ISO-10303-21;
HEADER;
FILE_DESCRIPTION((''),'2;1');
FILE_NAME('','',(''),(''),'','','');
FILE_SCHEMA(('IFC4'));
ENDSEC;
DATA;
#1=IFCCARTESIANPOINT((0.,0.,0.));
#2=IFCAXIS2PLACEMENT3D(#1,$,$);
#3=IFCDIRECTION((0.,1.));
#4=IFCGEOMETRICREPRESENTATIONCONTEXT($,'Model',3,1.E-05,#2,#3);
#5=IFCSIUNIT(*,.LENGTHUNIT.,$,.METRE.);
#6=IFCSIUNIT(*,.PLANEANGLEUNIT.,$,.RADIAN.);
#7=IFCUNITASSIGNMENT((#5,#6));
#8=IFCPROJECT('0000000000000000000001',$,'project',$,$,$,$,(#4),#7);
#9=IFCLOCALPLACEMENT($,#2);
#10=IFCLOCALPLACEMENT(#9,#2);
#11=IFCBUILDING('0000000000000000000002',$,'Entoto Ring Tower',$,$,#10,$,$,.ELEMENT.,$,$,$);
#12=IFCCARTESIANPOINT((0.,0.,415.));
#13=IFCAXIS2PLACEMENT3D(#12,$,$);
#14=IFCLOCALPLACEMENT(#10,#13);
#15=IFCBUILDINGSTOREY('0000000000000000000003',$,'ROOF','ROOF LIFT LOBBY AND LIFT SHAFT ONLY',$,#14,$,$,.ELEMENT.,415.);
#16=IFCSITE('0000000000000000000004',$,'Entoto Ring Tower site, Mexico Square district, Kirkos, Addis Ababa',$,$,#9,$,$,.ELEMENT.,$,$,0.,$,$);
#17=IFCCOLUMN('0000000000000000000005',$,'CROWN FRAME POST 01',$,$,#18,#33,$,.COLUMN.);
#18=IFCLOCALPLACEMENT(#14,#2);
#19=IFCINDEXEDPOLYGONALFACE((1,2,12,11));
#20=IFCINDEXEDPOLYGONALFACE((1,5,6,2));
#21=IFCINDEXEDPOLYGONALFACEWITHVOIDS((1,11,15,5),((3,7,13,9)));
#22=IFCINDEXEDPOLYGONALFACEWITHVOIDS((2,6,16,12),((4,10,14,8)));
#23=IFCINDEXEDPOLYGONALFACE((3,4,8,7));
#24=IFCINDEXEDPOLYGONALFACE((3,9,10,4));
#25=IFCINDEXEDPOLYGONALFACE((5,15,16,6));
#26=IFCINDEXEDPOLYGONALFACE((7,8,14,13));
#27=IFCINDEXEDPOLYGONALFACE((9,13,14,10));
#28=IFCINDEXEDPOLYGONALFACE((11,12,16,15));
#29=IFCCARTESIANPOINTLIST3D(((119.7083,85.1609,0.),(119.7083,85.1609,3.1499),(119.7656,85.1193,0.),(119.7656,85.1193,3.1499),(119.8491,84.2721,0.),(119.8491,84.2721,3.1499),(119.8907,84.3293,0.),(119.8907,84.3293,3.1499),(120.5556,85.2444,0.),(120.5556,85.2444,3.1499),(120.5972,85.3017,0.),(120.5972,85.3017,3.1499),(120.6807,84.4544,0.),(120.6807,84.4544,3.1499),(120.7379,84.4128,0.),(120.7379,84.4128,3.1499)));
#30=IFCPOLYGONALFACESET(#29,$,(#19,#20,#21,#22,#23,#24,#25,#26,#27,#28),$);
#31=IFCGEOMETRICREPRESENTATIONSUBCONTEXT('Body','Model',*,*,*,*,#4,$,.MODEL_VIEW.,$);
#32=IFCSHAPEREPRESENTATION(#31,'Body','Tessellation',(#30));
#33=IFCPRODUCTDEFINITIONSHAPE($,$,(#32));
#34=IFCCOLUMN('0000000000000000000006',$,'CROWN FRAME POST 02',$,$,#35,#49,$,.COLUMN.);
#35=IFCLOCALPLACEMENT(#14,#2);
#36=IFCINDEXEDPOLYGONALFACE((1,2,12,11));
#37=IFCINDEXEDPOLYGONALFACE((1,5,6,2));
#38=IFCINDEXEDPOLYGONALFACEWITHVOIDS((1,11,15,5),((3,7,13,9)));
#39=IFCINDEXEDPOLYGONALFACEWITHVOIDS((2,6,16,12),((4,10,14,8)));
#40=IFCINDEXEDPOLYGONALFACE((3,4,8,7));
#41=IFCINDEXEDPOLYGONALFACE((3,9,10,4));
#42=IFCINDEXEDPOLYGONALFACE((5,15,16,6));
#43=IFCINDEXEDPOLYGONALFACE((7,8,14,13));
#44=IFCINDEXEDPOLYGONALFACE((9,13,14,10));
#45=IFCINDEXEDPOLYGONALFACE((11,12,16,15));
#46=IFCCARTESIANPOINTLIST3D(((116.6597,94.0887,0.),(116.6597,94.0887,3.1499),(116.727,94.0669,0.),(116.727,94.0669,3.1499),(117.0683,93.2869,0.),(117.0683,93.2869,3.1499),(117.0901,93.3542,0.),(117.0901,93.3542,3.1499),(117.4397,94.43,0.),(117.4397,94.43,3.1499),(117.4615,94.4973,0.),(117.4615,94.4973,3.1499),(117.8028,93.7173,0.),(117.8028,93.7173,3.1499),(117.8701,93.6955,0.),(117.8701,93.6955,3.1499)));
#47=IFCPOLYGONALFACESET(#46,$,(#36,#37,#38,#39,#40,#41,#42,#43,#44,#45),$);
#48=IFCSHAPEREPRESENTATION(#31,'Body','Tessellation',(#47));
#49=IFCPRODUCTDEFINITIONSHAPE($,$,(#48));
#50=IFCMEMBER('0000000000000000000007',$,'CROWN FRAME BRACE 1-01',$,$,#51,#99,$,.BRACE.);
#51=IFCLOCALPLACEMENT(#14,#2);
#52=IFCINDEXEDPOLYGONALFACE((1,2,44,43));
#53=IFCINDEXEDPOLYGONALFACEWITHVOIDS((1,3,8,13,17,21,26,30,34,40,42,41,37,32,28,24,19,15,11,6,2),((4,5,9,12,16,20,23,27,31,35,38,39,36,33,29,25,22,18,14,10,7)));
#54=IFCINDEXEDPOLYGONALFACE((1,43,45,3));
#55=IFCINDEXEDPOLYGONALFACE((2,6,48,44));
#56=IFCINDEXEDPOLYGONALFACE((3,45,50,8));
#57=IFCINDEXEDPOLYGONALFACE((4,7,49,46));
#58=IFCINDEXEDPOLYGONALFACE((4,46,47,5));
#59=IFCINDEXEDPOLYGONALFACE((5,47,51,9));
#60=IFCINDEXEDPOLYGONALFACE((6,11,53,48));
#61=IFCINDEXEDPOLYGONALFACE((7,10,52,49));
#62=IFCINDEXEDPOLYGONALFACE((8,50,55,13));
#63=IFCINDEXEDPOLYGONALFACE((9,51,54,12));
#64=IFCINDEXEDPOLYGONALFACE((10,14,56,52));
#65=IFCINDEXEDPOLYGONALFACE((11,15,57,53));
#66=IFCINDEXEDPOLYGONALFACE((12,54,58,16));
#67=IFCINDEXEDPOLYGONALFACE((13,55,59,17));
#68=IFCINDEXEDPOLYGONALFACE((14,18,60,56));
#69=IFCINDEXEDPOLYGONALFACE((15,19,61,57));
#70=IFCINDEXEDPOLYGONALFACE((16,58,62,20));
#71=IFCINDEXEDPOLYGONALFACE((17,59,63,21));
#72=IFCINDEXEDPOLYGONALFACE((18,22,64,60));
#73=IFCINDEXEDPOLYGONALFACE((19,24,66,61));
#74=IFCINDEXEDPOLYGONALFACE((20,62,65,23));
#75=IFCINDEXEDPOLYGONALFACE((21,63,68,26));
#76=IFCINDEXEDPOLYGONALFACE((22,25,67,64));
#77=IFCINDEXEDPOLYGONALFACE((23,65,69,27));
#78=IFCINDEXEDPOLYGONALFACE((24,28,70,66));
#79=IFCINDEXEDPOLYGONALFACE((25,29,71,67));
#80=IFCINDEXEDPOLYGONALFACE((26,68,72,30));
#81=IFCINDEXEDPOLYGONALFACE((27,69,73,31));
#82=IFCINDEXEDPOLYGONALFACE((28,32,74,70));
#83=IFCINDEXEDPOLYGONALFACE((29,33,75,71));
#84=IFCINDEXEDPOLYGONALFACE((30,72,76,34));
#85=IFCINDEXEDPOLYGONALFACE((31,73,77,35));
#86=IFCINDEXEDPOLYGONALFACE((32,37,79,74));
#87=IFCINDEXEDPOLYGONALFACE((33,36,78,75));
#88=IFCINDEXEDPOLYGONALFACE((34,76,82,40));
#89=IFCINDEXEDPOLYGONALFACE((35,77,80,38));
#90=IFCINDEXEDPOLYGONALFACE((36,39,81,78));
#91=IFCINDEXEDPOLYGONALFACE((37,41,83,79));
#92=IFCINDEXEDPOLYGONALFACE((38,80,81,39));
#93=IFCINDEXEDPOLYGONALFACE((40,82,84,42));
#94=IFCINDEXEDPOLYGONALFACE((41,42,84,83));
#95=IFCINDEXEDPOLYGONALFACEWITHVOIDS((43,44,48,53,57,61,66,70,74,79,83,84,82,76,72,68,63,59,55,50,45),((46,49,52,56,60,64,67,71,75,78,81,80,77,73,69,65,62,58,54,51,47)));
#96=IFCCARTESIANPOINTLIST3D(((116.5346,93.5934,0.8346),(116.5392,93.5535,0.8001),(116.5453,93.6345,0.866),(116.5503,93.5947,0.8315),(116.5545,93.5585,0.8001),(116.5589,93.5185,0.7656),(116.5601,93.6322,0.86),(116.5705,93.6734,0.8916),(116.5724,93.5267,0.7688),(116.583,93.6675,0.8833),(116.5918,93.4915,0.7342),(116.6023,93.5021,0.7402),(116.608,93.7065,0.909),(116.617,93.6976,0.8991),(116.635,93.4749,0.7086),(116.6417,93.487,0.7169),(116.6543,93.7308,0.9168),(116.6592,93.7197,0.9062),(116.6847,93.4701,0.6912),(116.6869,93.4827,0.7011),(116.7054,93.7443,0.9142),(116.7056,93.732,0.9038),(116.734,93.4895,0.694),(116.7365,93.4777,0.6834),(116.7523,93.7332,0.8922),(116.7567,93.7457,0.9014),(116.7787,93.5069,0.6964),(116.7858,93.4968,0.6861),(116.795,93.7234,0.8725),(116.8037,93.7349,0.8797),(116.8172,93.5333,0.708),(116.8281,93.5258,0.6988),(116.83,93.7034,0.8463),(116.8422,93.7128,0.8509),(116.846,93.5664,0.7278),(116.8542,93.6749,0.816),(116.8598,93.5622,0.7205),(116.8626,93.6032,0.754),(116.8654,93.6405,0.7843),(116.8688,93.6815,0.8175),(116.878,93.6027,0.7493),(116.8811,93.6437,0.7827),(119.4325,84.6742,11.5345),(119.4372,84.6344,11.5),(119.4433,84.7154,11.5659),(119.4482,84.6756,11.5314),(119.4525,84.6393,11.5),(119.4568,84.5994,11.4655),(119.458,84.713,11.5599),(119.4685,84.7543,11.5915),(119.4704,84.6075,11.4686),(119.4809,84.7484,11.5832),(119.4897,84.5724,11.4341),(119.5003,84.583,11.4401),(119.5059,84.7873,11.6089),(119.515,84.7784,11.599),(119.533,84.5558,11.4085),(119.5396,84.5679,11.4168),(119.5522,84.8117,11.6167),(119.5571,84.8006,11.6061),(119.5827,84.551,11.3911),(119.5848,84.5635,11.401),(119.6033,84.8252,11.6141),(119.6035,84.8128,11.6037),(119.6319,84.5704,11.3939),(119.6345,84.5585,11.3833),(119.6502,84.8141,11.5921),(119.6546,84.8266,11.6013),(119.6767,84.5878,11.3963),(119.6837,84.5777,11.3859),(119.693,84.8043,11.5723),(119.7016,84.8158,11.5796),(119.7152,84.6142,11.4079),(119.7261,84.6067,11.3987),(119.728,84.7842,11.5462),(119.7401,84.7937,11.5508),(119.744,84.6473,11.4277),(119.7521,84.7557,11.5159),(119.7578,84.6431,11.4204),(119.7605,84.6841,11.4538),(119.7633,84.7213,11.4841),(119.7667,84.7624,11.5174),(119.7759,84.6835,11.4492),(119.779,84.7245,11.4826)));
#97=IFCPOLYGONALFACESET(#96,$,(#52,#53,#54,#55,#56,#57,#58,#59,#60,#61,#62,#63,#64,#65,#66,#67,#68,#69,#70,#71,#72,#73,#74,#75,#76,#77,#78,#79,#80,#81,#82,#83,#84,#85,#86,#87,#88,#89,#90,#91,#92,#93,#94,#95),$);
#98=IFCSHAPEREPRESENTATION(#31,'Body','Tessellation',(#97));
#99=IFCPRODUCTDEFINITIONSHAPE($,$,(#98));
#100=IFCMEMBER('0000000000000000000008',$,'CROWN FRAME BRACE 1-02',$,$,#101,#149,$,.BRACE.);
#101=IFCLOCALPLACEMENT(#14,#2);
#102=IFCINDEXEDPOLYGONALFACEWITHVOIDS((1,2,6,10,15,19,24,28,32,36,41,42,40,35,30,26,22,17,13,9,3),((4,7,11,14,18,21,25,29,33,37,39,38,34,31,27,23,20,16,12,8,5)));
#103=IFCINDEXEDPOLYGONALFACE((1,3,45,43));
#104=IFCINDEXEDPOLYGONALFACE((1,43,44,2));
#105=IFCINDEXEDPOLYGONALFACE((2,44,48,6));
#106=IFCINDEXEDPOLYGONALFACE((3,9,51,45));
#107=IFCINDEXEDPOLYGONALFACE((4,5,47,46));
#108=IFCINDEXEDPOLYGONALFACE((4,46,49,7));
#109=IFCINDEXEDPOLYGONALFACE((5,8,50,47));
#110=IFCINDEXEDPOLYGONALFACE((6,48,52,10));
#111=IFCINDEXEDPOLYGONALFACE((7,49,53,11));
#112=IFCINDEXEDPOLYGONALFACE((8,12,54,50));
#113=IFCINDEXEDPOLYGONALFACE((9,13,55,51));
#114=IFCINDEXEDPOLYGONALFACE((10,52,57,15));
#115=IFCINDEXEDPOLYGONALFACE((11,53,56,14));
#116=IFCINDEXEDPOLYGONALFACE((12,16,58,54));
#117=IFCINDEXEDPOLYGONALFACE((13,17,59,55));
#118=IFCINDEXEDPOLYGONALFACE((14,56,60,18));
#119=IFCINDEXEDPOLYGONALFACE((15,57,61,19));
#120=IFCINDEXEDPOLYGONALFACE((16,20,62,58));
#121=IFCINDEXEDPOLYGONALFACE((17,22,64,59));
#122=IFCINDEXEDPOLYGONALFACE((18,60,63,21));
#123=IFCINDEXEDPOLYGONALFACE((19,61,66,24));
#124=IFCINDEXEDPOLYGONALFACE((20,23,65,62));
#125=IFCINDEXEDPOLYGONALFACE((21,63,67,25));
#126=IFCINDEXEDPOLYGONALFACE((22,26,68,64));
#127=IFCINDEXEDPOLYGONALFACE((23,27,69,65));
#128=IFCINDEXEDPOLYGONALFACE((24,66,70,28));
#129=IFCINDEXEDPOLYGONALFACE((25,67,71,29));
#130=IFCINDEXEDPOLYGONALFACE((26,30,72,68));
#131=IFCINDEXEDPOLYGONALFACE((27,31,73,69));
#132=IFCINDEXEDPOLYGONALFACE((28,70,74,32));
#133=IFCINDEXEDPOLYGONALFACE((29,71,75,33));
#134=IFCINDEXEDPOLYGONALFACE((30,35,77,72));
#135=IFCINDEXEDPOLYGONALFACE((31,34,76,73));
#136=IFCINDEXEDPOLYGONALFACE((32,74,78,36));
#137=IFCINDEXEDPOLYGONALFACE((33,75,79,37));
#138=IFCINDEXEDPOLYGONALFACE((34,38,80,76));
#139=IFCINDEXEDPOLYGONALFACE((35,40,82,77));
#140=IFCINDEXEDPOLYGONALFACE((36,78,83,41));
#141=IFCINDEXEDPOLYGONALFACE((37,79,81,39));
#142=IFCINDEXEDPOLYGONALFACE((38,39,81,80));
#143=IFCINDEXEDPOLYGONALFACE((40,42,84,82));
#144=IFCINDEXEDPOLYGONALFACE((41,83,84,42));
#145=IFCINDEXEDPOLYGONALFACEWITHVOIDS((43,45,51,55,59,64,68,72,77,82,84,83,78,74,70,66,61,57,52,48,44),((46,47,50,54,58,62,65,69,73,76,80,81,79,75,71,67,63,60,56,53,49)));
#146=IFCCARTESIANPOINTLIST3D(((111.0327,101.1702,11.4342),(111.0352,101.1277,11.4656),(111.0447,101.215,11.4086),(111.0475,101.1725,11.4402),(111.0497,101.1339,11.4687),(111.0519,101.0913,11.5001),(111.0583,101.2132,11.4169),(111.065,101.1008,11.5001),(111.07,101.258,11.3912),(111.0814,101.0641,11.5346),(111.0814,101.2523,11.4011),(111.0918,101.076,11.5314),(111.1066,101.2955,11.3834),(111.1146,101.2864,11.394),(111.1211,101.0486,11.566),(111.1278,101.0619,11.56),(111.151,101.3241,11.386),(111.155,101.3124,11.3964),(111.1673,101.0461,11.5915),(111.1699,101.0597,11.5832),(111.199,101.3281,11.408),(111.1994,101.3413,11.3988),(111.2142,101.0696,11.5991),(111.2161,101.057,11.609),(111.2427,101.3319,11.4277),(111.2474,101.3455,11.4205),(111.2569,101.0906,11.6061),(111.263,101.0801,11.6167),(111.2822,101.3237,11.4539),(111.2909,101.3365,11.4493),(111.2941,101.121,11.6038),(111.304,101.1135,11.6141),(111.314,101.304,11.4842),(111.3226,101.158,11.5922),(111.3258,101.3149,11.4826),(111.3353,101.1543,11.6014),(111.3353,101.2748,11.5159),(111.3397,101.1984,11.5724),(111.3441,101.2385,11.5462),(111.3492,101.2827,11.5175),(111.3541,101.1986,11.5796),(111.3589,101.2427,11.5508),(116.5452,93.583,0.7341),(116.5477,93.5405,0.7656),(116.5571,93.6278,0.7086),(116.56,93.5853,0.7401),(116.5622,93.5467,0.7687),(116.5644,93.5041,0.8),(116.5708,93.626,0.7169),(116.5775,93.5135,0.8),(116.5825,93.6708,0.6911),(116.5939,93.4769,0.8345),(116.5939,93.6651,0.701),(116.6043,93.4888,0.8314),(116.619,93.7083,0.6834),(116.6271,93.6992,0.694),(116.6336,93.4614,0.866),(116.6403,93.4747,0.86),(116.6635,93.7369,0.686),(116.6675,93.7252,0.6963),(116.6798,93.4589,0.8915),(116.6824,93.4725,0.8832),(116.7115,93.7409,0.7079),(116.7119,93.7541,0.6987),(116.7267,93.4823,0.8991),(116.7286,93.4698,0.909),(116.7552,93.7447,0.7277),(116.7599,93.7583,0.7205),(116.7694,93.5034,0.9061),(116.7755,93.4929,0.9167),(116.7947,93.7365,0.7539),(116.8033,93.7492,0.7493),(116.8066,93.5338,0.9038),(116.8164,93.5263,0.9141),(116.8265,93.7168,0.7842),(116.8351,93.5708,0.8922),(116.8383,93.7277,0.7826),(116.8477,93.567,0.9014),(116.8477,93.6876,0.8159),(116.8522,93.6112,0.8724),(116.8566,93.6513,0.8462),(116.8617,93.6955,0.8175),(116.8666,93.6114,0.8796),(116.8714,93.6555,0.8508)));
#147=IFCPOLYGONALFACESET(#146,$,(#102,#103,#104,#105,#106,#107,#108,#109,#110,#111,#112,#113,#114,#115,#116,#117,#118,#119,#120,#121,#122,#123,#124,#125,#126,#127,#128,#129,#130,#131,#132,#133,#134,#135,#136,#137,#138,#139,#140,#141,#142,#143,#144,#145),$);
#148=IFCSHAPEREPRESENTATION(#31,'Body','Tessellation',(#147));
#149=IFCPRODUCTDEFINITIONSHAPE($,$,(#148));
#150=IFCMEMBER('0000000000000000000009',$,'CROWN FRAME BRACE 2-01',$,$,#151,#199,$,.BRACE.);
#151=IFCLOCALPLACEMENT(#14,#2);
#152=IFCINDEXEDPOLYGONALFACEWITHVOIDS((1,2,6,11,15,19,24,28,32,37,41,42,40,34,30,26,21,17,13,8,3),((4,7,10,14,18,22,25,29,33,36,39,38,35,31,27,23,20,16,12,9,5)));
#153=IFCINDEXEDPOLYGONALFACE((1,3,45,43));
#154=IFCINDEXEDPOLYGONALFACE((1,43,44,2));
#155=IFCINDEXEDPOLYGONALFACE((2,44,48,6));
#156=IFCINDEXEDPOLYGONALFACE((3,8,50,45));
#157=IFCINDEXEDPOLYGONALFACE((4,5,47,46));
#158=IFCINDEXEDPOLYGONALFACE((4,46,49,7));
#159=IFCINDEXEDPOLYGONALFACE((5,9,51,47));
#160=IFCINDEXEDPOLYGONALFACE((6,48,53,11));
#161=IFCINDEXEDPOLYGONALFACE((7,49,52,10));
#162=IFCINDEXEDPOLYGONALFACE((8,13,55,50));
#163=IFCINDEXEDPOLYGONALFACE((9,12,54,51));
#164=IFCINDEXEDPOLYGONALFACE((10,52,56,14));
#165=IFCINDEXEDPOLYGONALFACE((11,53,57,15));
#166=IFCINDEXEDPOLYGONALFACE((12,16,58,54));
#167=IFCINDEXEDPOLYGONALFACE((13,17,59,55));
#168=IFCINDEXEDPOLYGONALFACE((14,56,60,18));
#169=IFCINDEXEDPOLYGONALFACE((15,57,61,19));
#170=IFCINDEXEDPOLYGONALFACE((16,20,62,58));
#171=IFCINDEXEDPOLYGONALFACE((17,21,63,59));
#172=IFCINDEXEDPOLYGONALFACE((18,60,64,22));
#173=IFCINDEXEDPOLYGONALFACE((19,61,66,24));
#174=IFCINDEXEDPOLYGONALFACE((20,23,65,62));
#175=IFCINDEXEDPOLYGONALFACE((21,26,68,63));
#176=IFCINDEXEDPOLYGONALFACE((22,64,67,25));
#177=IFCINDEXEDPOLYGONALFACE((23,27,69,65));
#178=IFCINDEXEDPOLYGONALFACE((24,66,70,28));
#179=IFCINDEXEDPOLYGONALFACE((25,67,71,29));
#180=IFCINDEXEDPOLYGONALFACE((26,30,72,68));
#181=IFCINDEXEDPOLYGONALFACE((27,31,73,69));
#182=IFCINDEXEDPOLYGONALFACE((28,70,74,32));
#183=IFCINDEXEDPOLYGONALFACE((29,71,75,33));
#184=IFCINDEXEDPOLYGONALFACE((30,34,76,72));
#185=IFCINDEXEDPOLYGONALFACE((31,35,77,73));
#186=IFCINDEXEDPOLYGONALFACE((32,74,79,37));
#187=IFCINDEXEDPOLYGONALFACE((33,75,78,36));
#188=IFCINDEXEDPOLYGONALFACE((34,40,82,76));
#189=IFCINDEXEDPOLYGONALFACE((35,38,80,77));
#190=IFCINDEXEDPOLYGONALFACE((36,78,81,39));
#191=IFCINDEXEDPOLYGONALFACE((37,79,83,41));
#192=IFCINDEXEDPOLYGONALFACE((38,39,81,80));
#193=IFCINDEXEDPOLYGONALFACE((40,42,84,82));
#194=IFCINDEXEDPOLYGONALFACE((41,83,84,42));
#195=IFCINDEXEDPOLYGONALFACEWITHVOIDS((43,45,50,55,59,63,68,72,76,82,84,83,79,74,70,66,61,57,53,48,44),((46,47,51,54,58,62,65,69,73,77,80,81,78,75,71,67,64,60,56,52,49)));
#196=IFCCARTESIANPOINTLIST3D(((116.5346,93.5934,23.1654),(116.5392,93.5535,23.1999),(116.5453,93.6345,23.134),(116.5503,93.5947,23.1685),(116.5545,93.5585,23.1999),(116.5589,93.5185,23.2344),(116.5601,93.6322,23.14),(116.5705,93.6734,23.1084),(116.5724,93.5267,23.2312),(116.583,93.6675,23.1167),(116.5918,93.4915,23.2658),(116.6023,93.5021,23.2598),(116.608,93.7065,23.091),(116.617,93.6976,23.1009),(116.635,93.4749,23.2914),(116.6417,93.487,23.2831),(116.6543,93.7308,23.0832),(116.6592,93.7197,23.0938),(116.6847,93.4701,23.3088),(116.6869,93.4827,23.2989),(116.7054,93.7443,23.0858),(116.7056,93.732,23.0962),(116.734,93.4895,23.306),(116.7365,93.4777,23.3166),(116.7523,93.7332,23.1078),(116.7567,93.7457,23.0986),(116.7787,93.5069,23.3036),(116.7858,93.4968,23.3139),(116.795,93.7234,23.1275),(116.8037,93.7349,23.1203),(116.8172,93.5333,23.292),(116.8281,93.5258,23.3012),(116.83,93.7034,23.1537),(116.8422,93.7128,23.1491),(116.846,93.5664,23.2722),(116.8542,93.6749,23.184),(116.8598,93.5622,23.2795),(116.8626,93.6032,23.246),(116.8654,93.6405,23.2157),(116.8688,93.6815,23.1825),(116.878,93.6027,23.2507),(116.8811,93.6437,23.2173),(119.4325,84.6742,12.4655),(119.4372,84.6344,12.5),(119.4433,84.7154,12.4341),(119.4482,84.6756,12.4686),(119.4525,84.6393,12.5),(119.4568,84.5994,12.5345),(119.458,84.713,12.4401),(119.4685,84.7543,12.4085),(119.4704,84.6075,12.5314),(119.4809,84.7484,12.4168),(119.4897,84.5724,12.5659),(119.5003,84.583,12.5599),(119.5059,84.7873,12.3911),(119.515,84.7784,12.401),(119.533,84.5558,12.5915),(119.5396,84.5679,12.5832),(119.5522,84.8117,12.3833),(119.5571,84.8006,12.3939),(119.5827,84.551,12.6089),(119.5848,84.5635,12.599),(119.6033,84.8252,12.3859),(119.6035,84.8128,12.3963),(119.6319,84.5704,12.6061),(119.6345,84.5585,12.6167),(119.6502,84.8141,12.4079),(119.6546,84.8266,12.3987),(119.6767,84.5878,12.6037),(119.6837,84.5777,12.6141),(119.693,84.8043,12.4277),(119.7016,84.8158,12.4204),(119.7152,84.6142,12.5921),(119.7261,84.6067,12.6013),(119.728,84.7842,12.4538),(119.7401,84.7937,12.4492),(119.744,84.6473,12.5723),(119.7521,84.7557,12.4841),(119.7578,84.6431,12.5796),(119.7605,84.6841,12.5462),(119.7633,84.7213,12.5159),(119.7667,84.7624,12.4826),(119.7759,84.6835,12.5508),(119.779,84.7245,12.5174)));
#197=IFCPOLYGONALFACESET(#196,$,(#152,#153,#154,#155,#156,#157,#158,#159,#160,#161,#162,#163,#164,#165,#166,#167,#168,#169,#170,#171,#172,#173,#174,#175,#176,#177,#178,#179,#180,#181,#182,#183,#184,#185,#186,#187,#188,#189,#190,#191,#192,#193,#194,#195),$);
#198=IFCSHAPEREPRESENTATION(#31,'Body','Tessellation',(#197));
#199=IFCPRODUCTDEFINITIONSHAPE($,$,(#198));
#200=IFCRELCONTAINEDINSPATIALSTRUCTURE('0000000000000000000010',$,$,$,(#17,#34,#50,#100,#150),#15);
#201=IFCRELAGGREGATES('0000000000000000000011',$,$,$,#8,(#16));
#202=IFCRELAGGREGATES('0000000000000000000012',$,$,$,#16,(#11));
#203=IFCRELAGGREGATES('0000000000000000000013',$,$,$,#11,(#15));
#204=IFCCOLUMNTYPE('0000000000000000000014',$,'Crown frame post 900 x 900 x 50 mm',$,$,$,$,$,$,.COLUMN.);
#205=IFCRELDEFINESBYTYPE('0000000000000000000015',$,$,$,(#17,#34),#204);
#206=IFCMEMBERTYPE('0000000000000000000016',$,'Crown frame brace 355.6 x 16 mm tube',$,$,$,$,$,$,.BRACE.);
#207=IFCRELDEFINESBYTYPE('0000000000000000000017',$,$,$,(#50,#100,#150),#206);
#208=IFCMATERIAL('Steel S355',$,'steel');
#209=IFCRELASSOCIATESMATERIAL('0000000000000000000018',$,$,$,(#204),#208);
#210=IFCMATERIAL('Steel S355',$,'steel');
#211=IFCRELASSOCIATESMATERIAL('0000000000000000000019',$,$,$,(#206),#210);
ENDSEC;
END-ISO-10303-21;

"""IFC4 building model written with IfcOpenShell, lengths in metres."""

from ifc_helpers import new_model, si_unit, direction, frame, origin, origin_2d, place, context, subcontext, project, spatial, hollow_rectangle, hollow_circle, extrude, material, material_profile, profile_set, type_object, element, save


model = new_model("IFC4")

# Units and contexts
model_context = context("Model", 3, precision=1e-05, world=origin(), true_north=direction((0.0, 1.0)))
body_context = subcontext(model_context, "Body", "Model", "MODEL_VIEW")
ifc_project = project(units=[si_unit("LENGTHUNIT", "METRE"), si_unit("PLANEANGLEUNIT", "RADIAN")], contexts=[model_context])

# Site, building, storey
site_placement = place(None, origin())
site = spatial("IfcSite", under=ifc_project, at=site_placement, Name="Entoto Ring Tower site, Mexico Square district, Kirkos, Addis Ababa", CompositionType="ELEMENT", RefElevation=0.0)
building_placement = place(site_placement, origin())
building = spatial("IfcBuilding", under=site, at=building_placement, Name="Entoto Ring Tower", CompositionType="ELEMENT")
storey_placement = place(building_placement, frame((0.0, 0.0, 415.0)))
storey = spatial("IfcBuildingStorey", under=building, at=storey_placement, Name="ROOF", Description="ROOF LIFT LOBBY AND LIFT SHAFT ONLY", CompositionType="ELEMENT", Elevation=415.0)

# Columns
ifc_material_1 = material(Name="Steel S355", Category="steel")
ifc_material_profile_1 = material_profile(ifc_material_1, hollow_rectangle(XDim=0.8999, YDim=0.8999, WallThickness=0.05, at=origin_2d()), Name="Crown frame post 900 x 900 x 50 mm")
ifc_profile_set_1 = profile_set([ifc_material_profile_1], Name="Steel S355")
column_type = type_object("IfcColumnType", Name="Crown frame post 900 x 900 x 50 mm", PredefinedType="COLUMN", material=ifc_profile_set_1)
for number, where, z_axis, x_axis, name in (
    (1, (120.2231, 84.7869, 0.0), (0.0, 0.0, 1.0), (-0.156434, 0.987688, 0.0), "CROWN FRAME POST 01"),
    (2, (117.2649, 93.8921, 0.0), (0.0, 0.0, 1.0), (-0.45399, 0.891007, 0.0), "CROWN FRAME POST 02"),
):
    element("IfcColumn", number, at=place(storey_placement, frame(where, z_axis=z_axis, x_axis=x_axis)), inside=storey, type_object=column_type, Name=name, PredefinedType="COLUMN", context=body_context, shape_type="SweptSolid", body=[
        extrude(hollow_rectangle(XDim=0.8999, YDim=0.8999, WallThickness=0.05, at=origin_2d()), origin(), (0.0, 0.0, 1.0), 3.1499),
    ])

# Members
ifc_material_2 = material(Name="Steel S355", Category="steel")
ifc_material_profile_2 = material_profile(ifc_material_2, hollow_circle(Radius=0.1775, WallThickness=0.0161, at=origin_2d()), Name="Crown frame brace 355.6 x 16 mm tube")
ifc_profile_set_2 = profile_set([ifc_material_profile_2], Name="Steel S355")
member_type_1 = type_object("IfcMemberType", Name="Crown frame brace 355.6 x 16 mm tube", PredefinedType="BRACE", material=ifc_profile_set_2)
member_1_placement = place(storey_placement, frame((119.606, 84.6892, 11.5), z_axis=(-0.203678, 0.626871, -0.752029), x_axis=(-0.951059, -0.30901, 0.0)))
element("IfcMember", 3, at=member_1_placement, inside=storey, type_object=member_type_1, Name="CROWN FRAME BRACE 1-01", PredefinedType="BRACE", context=body_context, shape_type="SweptSolid", body=[
    extrude(hollow_circle(Radius=0.1775, WallThickness=0.0161, at=origin_2d()), origin(), (0.0, 0.0, 1.0), 14.228),
])
member_2_placement = place(storey_placement, frame((116.708, 93.6084, 0.8), z_axis=(-0.387432, 0.533249, 0.752025), x_axis=(-0.809014, -0.587789, 0.0)))
element("IfcMember", 4, at=member_2_placement, inside=storey, type_object=member_type_1, Name="CROWN FRAME BRACE 1-02", PredefinedType="BRACE", context=body_context, shape_type="SweptSolid", body=[
    extrude(hollow_circle(Radius=0.1775, WallThickness=0.0161, at=origin_2d()), origin(), (0.0, 0.0, 1.0), 14.2283),
])
member_3_placement = place(storey_placement, frame((119.606, 84.6892, 12.5), z_axis=(-0.203678, 0.626871, 0.752029), x_axis=(-0.951059, -0.30901, 0.0)))
element("IfcMember", 5, at=member_3_placement, inside=storey, type_object=member_type_1, Name="CROWN FRAME BRACE 2-01", PredefinedType="BRACE", context=body_context, shape_type="SweptSolid", body=[
    extrude(hollow_circle(Radius=0.1775, WallThickness=0.0161, at=origin_2d()), origin(), (0.0, 0.0, 1.0), 14.228),
])

save(model, "model.ifc")
